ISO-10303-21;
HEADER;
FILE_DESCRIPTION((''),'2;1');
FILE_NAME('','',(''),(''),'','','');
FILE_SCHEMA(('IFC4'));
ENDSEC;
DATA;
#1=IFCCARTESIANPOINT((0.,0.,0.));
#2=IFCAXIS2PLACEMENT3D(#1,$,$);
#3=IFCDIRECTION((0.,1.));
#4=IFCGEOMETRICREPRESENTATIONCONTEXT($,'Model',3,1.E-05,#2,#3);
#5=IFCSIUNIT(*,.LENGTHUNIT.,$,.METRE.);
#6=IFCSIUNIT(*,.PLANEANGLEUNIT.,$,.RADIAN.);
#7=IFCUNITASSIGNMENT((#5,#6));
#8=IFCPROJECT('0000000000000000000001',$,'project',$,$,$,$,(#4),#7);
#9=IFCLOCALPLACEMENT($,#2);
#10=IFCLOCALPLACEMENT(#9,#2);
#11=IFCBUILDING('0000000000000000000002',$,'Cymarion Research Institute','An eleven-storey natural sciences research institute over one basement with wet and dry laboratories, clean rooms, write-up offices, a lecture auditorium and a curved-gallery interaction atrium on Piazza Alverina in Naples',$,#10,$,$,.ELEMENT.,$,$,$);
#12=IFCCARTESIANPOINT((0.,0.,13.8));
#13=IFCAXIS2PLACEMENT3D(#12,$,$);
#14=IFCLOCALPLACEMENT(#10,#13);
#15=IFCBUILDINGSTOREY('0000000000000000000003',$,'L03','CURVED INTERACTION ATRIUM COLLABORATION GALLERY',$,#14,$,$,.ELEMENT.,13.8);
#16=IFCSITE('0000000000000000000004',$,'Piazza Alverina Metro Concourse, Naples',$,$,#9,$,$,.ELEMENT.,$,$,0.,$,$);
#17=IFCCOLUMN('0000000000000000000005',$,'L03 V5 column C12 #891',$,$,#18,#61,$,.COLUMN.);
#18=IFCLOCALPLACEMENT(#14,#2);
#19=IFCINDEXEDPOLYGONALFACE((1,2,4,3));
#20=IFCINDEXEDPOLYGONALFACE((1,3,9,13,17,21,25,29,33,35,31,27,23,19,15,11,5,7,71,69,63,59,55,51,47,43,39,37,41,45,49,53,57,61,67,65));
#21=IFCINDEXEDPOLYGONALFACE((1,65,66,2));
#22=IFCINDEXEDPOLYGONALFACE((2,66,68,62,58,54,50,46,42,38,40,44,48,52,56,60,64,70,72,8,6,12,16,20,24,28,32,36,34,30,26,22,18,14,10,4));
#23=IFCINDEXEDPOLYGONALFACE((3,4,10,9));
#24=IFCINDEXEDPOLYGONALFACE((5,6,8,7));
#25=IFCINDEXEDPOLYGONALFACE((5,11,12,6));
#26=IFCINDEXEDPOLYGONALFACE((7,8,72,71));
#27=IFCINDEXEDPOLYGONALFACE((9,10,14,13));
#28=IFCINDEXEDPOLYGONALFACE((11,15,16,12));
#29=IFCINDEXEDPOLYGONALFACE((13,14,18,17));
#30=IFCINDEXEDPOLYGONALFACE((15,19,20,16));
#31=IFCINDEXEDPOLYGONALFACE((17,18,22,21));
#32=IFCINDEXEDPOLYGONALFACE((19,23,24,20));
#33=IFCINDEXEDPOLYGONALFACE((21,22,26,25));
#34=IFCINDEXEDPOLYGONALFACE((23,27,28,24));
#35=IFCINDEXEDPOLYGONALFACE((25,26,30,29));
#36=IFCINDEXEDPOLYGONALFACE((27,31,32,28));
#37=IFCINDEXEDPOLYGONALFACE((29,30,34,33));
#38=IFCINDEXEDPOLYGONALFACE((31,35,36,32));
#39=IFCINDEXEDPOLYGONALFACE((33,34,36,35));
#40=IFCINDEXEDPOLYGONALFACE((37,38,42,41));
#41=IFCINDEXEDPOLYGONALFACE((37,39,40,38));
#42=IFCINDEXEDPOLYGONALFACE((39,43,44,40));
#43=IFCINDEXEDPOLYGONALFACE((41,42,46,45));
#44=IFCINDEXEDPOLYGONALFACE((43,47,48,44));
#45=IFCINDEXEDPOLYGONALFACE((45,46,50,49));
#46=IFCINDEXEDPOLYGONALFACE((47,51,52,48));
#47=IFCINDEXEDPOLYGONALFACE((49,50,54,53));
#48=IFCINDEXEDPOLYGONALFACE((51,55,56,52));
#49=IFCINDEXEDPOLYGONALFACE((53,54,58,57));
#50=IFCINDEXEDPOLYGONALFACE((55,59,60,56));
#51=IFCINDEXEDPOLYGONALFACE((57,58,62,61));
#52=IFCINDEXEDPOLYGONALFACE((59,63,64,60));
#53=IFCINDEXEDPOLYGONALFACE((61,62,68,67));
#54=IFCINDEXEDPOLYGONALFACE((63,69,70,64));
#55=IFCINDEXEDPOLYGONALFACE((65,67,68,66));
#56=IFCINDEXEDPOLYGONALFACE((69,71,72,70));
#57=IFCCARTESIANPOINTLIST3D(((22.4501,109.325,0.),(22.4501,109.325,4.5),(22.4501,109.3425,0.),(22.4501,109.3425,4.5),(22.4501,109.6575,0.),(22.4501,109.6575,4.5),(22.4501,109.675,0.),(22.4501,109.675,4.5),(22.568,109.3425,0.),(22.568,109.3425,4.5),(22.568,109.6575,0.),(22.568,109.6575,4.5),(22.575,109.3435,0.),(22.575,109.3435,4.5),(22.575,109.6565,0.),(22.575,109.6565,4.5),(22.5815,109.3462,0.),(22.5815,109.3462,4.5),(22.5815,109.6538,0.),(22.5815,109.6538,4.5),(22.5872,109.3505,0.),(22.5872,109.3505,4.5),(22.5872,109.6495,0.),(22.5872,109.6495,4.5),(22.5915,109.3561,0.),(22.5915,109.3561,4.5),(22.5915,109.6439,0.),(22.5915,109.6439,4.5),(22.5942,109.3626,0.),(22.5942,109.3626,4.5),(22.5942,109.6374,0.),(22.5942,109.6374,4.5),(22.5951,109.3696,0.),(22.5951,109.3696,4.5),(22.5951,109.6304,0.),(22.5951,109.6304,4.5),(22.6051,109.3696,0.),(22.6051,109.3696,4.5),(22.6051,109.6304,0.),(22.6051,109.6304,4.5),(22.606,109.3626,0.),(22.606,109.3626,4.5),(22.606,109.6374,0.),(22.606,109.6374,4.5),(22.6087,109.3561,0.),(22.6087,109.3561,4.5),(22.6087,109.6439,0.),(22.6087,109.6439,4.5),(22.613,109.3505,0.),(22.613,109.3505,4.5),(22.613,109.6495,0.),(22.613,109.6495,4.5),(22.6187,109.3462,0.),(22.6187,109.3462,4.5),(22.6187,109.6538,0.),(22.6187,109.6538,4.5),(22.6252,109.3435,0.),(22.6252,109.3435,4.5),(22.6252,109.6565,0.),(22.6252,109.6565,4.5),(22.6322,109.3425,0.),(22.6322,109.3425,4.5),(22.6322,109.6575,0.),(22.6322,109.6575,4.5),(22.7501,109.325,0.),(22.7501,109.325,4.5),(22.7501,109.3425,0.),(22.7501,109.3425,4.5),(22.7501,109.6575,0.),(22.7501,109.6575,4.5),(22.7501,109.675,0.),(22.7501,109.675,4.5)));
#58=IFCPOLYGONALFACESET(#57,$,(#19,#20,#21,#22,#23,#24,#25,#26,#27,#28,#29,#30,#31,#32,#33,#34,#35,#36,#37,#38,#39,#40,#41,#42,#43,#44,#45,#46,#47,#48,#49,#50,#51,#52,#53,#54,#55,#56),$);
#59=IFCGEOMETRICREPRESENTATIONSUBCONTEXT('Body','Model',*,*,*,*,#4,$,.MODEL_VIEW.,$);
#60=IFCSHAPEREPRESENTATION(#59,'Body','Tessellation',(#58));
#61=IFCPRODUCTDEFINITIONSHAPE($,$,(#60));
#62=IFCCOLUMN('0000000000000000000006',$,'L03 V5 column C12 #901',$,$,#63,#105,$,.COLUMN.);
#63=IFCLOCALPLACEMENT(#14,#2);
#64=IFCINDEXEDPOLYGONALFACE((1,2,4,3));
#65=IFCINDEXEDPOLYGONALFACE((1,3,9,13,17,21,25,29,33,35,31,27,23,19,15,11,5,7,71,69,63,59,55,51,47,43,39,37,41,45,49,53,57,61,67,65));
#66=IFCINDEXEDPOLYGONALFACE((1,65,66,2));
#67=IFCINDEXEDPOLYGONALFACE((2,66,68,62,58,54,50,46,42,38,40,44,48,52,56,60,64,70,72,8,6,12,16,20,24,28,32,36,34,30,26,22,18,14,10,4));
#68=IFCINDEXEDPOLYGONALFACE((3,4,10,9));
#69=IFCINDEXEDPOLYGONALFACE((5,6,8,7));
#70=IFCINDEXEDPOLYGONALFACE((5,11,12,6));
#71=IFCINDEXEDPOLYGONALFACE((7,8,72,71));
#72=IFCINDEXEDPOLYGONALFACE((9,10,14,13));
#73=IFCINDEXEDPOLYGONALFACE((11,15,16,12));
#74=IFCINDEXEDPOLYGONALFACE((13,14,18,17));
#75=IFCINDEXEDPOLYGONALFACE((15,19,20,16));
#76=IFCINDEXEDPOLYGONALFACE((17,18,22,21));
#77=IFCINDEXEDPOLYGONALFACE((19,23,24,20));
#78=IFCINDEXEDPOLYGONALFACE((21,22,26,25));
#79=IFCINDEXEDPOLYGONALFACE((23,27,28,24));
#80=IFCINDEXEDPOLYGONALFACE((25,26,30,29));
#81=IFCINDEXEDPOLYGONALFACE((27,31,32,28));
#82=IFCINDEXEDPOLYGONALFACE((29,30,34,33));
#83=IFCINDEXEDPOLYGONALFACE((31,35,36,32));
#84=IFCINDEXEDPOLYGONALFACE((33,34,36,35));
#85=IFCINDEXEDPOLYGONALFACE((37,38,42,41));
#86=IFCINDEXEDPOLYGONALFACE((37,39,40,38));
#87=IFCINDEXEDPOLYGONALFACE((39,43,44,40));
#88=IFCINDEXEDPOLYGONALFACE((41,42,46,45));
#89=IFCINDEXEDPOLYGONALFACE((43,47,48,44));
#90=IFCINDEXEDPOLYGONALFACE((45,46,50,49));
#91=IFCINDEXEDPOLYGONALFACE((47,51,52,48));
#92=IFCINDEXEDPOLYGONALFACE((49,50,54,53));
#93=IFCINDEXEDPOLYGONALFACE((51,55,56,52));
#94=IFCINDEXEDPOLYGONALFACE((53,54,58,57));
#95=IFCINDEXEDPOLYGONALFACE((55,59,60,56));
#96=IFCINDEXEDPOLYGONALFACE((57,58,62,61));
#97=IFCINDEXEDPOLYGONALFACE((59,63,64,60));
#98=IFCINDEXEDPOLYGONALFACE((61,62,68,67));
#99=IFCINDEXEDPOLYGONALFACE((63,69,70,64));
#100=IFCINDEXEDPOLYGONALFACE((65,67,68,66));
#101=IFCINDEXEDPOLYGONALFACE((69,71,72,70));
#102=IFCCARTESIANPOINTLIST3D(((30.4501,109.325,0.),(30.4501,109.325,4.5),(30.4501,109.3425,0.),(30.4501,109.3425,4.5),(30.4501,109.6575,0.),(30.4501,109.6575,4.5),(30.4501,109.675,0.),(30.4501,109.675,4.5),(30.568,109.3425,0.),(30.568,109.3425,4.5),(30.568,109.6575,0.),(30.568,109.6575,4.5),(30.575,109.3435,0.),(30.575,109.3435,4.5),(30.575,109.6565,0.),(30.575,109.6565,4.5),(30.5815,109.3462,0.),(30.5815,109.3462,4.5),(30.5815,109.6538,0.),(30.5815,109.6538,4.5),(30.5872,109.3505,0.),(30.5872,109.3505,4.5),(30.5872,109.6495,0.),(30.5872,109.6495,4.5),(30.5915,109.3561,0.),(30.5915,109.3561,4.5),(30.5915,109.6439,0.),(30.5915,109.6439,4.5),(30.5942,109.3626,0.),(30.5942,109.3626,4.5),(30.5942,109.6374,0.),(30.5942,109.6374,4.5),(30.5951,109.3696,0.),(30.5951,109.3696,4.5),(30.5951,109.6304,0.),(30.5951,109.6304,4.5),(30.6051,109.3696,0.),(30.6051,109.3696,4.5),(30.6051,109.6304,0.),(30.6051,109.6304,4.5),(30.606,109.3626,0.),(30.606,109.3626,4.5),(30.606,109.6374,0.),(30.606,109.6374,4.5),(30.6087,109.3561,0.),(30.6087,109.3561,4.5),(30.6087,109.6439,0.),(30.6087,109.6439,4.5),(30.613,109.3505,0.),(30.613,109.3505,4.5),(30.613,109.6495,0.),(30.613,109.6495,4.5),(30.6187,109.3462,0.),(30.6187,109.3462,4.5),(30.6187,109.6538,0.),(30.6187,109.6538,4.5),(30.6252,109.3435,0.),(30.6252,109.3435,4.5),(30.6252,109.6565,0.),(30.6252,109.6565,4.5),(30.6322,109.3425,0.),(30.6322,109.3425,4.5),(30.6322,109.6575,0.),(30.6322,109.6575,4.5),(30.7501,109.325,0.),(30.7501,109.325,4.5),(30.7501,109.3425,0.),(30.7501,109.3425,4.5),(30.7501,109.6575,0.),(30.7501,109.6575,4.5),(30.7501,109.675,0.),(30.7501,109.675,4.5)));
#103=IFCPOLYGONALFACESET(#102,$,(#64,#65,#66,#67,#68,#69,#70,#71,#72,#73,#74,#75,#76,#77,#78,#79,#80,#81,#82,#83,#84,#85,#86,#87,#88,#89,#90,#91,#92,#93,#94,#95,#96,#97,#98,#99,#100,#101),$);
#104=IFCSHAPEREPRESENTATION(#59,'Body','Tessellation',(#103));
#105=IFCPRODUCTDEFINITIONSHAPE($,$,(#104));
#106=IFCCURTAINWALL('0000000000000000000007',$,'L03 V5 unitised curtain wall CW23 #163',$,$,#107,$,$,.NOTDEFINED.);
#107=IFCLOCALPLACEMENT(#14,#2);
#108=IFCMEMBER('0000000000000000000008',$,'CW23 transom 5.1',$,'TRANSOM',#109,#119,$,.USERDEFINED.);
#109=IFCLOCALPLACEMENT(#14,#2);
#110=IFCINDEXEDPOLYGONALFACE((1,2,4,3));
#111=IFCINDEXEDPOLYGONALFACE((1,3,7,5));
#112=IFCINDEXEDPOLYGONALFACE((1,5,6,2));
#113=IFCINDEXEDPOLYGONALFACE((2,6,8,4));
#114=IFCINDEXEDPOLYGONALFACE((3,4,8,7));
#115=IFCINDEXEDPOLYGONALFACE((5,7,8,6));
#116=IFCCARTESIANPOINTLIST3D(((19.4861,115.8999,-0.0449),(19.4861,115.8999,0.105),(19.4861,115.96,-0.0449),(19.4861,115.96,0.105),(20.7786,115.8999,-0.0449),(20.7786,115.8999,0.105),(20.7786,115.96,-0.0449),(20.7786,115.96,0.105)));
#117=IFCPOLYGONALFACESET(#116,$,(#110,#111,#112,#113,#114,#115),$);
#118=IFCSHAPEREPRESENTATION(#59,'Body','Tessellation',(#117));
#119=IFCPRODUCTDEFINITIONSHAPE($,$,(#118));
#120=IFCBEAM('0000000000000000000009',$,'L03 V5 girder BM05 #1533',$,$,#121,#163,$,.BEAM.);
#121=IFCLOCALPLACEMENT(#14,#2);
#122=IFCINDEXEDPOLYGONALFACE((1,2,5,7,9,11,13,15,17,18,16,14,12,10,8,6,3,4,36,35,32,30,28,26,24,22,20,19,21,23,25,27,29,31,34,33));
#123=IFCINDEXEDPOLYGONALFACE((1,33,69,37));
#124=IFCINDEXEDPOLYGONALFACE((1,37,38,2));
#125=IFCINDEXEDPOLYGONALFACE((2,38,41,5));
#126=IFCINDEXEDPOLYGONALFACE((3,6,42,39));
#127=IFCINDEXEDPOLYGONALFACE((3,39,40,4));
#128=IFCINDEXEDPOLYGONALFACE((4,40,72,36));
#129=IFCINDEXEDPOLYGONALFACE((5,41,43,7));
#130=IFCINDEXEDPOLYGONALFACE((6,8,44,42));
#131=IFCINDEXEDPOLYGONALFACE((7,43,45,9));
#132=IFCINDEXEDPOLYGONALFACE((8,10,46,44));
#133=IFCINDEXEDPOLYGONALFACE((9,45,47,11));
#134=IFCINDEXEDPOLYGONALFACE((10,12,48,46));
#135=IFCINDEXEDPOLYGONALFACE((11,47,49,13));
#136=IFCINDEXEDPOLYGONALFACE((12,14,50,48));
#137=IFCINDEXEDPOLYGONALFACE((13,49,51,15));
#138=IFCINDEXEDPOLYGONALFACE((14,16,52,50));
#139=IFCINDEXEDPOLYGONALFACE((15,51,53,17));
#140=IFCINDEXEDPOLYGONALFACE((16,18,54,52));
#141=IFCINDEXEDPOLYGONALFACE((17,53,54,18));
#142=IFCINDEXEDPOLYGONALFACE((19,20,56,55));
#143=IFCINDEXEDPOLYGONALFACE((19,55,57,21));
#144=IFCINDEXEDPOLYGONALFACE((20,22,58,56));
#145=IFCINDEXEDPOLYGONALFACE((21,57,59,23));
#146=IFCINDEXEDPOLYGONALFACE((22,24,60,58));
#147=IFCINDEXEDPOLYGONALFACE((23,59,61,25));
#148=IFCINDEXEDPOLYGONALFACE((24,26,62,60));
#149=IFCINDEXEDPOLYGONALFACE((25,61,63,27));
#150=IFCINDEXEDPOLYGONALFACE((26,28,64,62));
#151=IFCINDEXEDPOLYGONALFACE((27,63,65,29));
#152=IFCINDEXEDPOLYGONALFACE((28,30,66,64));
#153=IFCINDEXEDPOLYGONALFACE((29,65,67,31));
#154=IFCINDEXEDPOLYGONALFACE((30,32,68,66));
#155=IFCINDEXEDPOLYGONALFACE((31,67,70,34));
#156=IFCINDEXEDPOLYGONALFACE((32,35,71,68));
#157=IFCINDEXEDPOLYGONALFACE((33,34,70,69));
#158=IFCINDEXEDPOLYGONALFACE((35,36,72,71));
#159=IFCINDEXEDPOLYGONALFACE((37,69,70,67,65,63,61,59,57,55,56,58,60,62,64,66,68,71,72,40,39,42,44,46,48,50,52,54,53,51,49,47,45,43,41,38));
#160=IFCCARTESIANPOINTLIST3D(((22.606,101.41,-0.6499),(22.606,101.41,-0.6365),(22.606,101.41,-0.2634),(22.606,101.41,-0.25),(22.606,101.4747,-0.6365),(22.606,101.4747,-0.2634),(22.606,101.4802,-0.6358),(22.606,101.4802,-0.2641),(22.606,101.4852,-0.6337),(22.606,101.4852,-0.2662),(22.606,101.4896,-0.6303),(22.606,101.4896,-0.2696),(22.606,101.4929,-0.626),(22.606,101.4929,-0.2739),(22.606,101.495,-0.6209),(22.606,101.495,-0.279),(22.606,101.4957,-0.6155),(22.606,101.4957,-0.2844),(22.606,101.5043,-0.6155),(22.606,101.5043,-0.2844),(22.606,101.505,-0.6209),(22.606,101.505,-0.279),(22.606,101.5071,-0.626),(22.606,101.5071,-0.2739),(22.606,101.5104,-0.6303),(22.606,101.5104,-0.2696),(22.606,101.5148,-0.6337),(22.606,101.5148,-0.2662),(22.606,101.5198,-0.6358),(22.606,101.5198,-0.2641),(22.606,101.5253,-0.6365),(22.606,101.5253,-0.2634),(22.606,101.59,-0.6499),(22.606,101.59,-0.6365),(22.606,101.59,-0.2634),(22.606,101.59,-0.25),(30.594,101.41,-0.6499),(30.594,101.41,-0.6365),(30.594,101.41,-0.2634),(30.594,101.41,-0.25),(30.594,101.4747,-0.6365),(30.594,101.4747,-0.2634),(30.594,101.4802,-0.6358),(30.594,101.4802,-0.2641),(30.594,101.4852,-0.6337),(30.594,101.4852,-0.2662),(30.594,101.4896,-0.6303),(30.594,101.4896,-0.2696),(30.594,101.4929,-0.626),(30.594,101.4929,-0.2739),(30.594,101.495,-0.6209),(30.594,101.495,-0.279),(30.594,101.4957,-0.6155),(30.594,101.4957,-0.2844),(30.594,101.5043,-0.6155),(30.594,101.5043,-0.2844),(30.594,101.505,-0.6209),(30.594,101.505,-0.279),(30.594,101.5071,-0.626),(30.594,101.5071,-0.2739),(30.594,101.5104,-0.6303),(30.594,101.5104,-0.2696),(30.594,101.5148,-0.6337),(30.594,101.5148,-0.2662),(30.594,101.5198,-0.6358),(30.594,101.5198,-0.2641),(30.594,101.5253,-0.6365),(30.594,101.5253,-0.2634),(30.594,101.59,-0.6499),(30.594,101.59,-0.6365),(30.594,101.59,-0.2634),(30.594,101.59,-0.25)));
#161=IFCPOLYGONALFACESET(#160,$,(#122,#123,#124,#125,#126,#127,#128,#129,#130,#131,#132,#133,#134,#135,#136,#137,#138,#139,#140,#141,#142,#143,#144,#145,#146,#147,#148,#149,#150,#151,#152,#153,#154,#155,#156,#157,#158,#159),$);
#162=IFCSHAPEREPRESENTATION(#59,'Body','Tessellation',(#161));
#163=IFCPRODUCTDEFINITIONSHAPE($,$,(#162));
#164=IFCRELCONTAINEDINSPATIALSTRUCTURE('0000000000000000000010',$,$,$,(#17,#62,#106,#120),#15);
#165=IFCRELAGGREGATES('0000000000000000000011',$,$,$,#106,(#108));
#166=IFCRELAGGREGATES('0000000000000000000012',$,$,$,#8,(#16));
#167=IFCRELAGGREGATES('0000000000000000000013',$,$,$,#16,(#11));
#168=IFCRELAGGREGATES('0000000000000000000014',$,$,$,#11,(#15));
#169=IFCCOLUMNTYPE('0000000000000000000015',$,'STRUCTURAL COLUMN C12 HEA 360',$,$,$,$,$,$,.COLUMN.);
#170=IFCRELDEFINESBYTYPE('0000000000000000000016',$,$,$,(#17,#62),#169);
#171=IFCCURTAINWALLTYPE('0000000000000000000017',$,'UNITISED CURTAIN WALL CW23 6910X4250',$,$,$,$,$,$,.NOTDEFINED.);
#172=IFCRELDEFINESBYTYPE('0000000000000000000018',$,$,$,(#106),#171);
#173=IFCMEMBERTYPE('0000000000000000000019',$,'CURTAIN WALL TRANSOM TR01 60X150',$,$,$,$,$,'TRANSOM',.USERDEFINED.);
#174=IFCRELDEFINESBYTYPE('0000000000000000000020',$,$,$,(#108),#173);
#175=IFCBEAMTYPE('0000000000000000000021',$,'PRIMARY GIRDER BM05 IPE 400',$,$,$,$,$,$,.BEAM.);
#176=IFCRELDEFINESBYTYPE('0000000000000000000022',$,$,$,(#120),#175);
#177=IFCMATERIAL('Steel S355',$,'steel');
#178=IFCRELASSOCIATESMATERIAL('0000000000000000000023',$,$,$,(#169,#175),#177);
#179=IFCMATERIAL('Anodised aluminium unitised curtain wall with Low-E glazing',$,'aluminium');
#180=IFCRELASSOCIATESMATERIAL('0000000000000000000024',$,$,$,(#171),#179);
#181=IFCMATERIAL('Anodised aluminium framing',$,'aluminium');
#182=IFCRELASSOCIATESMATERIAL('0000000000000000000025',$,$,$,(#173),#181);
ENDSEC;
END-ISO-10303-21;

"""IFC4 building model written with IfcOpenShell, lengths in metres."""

from ifc_helpers import new_model, si_unit, direction, frame, origin, origin_2d, place, context, subcontext, project, spatial, rectangle, i_section, extrude, material, material_profile, profile_set, type_object, element, aggregate, save


model = new_model("IFC4")

# Units and contexts
model_context = context("Model", 3, precision=1e-05, world=origin(), true_north=direction((0.0, 1.0)))
body_context = subcontext(model_context, "Body", "Model", "MODEL_VIEW")
ifc_project = project(units=[si_unit("LENGTHUNIT", "METRE"), si_unit("PLANEANGLEUNIT", "RADIAN")], contexts=[model_context])

# Site, building, storey
site_placement = place(None, origin())
site = spatial("IfcSite", under=ifc_project, at=site_placement, Name="Piazza Alverina Metro Concourse, Naples", CompositionType="ELEMENT", RefElevation=0.0)
building_placement = place(site_placement, origin())
building = spatial("IfcBuilding", under=site, at=building_placement, Name="Cymarion Research Institute", Description="An eleven-storey natural sciences research institute over one basement with wet and dry laboratories, clean rooms, write-up offices, a lecture auditorium and a curved-gallery interaction atrium on Piazza Alverina in Naples", CompositionType="ELEMENT")
storey_placement = place(building_placement, frame((0.0, 0.0, 13.8)))
storey = spatial("IfcBuildingStorey", under=building, at=storey_placement, Name="L03", Description="CURVED INTERACTION ATRIUM COLLABORATION GALLERY", CompositionType="ELEMENT", Elevation=13.8)

# Columns
ifc_material_1 = material(Name="Steel S355", Category="steel")
ifc_material_profile_1 = material_profile(ifc_material_1, i_section(OverallWidth=0.3, OverallDepth=0.3501, WebThickness=0.01, FlangeThickness=0.0176, FilletRadius=0.0271, at=origin_2d()), Name="HEA 360")
ifc_profile_set_1 = profile_set([ifc_material_profile_1], Name="Steel S355")
column_type_1 = type_object("IfcColumnType", Name="STRUCTURAL COLUMN C12 HEA 360", PredefinedType="COLUMN", material=ifc_profile_set_1)
for number, where, z_axis, x_axis, name in (
    (1, (22.6001, 109.5, 0.0), (0.0, 0.0, 1.0), (1.0, 0.0, 0.0), "L03 V5 column C12 #891"),
    (2, (30.6001, 109.5, 0.0), (0.0, 0.0, 1.0), (1.0, 0.0, 0.0), "L03 V5 column C12 #901"),
):
    element("IfcColumn", number, at=place(storey_placement, frame(where, z_axis=z_axis, x_axis=x_axis)), inside=storey, type_object=column_type_1, Name=name, PredefinedType="COLUMN", context=body_context, shape_type="SweptSolid", body=[
        extrude(i_section(OverallWidth=0.3, OverallDepth=0.3501, WebThickness=0.01, FlangeThickness=0.0176, FilletRadius=0.0271, at=origin_2d()), origin(), (0.0, 0.0, 1.0), 4.5),
    ])

# Curtain wall, member
ifc_material_2 = material(Name="Anodised aluminium unitised curtain wall with Low-E glazing", Category="aluminium")
curtain_wall_type = type_object("IfcCurtainWallType", Name="UNITISED CURTAIN WALL CW23 6910X4250", PredefinedType="NOTDEFINED", material=ifc_material_2)
curtain_wall_placement = place(storey_placement, origin())
curtain_wall = element("IfcCurtainWall", 3, at=curtain_wall_placement, inside=storey, type_object=curtain_wall_type, Name="L03 V5 unitised curtain wall CW23 #163", PredefinedType="NOTDEFINED")
ifc_material_3 = material(Name="Anodised aluminium framing", Category="aluminium")
ifc_material_profile_2 = material_profile(ifc_material_3, rectangle(XDim=0.0601, YDim=0.1499, at=origin_2d()), Name="ALU TRANSOM 60x150")
ifc_profile_set_2 = profile_set([ifc_material_profile_2], Name="Anodised aluminium framing")
member_type = type_object("IfcMemberType", Name="CURTAIN WALL TRANSOM TR01 60X150", ElementType="TRANSOM", PredefinedType="USERDEFINED", material=ifc_profile_set_2)
member_placement = place(storey_placement, frame((20.7786, 115.9299, 0.03), z_axis=(-1.0, 0.0, 0.0), x_axis=(0.0, -1.0, 0.0)))
member = element("IfcMember", 4, at=member_placement, type_object=member_type, Name="CW23 transom 5.1", ObjectType="TRANSOM", PredefinedType="USERDEFINED", context=body_context, shape_type="SweptSolid", body=[
    extrude(rectangle(XDim=0.0601, YDim=0.1499, at=origin_2d()), origin(), (0.0, 0.0, 1.0), 1.2925),
])

# Beam
ifc_material_profile_3 = material_profile(ifc_material_1, i_section(OverallWidth=0.1799, OverallDepth=0.3999, WebThickness=0.0085, FlangeThickness=0.0134, FilletRadius=0.021, at=origin_2d()), Name="IPE 400")
ifc_profile_set_3 = profile_set([ifc_material_profile_3], Name="Steel S355")
beam_type_1 = type_object("IfcBeamType", Name="PRIMARY GIRDER BM05 IPE 400", PredefinedType="BEAM", material=ifc_profile_set_3)
for number, where, z_axis, x_axis, name in (
    (5, (22.606, 101.5, -0.45), (1.0, 0.0, 0.0), (0.0, 1.0, 0.0), "L03 V5 girder BM05 #1533"),
):
    element("IfcBeam", number, at=place(storey_placement, frame(where, z_axis=z_axis, x_axis=x_axis)), inside=storey, type_object=beam_type_1, Name=name, PredefinedType="BEAM", context=body_context, shape_type="SweptSolid", body=[
        extrude(i_section(OverallWidth=0.1799, OverallDepth=0.3999, WebThickness=0.0085, FlangeThickness=0.0134, FilletRadius=0.021, at=origin_2d()), origin(), (0.0, 0.0, 1.0), 7.988),
    ])

aggregate(curtain_wall, [member])

save(model, "model.ifc")
